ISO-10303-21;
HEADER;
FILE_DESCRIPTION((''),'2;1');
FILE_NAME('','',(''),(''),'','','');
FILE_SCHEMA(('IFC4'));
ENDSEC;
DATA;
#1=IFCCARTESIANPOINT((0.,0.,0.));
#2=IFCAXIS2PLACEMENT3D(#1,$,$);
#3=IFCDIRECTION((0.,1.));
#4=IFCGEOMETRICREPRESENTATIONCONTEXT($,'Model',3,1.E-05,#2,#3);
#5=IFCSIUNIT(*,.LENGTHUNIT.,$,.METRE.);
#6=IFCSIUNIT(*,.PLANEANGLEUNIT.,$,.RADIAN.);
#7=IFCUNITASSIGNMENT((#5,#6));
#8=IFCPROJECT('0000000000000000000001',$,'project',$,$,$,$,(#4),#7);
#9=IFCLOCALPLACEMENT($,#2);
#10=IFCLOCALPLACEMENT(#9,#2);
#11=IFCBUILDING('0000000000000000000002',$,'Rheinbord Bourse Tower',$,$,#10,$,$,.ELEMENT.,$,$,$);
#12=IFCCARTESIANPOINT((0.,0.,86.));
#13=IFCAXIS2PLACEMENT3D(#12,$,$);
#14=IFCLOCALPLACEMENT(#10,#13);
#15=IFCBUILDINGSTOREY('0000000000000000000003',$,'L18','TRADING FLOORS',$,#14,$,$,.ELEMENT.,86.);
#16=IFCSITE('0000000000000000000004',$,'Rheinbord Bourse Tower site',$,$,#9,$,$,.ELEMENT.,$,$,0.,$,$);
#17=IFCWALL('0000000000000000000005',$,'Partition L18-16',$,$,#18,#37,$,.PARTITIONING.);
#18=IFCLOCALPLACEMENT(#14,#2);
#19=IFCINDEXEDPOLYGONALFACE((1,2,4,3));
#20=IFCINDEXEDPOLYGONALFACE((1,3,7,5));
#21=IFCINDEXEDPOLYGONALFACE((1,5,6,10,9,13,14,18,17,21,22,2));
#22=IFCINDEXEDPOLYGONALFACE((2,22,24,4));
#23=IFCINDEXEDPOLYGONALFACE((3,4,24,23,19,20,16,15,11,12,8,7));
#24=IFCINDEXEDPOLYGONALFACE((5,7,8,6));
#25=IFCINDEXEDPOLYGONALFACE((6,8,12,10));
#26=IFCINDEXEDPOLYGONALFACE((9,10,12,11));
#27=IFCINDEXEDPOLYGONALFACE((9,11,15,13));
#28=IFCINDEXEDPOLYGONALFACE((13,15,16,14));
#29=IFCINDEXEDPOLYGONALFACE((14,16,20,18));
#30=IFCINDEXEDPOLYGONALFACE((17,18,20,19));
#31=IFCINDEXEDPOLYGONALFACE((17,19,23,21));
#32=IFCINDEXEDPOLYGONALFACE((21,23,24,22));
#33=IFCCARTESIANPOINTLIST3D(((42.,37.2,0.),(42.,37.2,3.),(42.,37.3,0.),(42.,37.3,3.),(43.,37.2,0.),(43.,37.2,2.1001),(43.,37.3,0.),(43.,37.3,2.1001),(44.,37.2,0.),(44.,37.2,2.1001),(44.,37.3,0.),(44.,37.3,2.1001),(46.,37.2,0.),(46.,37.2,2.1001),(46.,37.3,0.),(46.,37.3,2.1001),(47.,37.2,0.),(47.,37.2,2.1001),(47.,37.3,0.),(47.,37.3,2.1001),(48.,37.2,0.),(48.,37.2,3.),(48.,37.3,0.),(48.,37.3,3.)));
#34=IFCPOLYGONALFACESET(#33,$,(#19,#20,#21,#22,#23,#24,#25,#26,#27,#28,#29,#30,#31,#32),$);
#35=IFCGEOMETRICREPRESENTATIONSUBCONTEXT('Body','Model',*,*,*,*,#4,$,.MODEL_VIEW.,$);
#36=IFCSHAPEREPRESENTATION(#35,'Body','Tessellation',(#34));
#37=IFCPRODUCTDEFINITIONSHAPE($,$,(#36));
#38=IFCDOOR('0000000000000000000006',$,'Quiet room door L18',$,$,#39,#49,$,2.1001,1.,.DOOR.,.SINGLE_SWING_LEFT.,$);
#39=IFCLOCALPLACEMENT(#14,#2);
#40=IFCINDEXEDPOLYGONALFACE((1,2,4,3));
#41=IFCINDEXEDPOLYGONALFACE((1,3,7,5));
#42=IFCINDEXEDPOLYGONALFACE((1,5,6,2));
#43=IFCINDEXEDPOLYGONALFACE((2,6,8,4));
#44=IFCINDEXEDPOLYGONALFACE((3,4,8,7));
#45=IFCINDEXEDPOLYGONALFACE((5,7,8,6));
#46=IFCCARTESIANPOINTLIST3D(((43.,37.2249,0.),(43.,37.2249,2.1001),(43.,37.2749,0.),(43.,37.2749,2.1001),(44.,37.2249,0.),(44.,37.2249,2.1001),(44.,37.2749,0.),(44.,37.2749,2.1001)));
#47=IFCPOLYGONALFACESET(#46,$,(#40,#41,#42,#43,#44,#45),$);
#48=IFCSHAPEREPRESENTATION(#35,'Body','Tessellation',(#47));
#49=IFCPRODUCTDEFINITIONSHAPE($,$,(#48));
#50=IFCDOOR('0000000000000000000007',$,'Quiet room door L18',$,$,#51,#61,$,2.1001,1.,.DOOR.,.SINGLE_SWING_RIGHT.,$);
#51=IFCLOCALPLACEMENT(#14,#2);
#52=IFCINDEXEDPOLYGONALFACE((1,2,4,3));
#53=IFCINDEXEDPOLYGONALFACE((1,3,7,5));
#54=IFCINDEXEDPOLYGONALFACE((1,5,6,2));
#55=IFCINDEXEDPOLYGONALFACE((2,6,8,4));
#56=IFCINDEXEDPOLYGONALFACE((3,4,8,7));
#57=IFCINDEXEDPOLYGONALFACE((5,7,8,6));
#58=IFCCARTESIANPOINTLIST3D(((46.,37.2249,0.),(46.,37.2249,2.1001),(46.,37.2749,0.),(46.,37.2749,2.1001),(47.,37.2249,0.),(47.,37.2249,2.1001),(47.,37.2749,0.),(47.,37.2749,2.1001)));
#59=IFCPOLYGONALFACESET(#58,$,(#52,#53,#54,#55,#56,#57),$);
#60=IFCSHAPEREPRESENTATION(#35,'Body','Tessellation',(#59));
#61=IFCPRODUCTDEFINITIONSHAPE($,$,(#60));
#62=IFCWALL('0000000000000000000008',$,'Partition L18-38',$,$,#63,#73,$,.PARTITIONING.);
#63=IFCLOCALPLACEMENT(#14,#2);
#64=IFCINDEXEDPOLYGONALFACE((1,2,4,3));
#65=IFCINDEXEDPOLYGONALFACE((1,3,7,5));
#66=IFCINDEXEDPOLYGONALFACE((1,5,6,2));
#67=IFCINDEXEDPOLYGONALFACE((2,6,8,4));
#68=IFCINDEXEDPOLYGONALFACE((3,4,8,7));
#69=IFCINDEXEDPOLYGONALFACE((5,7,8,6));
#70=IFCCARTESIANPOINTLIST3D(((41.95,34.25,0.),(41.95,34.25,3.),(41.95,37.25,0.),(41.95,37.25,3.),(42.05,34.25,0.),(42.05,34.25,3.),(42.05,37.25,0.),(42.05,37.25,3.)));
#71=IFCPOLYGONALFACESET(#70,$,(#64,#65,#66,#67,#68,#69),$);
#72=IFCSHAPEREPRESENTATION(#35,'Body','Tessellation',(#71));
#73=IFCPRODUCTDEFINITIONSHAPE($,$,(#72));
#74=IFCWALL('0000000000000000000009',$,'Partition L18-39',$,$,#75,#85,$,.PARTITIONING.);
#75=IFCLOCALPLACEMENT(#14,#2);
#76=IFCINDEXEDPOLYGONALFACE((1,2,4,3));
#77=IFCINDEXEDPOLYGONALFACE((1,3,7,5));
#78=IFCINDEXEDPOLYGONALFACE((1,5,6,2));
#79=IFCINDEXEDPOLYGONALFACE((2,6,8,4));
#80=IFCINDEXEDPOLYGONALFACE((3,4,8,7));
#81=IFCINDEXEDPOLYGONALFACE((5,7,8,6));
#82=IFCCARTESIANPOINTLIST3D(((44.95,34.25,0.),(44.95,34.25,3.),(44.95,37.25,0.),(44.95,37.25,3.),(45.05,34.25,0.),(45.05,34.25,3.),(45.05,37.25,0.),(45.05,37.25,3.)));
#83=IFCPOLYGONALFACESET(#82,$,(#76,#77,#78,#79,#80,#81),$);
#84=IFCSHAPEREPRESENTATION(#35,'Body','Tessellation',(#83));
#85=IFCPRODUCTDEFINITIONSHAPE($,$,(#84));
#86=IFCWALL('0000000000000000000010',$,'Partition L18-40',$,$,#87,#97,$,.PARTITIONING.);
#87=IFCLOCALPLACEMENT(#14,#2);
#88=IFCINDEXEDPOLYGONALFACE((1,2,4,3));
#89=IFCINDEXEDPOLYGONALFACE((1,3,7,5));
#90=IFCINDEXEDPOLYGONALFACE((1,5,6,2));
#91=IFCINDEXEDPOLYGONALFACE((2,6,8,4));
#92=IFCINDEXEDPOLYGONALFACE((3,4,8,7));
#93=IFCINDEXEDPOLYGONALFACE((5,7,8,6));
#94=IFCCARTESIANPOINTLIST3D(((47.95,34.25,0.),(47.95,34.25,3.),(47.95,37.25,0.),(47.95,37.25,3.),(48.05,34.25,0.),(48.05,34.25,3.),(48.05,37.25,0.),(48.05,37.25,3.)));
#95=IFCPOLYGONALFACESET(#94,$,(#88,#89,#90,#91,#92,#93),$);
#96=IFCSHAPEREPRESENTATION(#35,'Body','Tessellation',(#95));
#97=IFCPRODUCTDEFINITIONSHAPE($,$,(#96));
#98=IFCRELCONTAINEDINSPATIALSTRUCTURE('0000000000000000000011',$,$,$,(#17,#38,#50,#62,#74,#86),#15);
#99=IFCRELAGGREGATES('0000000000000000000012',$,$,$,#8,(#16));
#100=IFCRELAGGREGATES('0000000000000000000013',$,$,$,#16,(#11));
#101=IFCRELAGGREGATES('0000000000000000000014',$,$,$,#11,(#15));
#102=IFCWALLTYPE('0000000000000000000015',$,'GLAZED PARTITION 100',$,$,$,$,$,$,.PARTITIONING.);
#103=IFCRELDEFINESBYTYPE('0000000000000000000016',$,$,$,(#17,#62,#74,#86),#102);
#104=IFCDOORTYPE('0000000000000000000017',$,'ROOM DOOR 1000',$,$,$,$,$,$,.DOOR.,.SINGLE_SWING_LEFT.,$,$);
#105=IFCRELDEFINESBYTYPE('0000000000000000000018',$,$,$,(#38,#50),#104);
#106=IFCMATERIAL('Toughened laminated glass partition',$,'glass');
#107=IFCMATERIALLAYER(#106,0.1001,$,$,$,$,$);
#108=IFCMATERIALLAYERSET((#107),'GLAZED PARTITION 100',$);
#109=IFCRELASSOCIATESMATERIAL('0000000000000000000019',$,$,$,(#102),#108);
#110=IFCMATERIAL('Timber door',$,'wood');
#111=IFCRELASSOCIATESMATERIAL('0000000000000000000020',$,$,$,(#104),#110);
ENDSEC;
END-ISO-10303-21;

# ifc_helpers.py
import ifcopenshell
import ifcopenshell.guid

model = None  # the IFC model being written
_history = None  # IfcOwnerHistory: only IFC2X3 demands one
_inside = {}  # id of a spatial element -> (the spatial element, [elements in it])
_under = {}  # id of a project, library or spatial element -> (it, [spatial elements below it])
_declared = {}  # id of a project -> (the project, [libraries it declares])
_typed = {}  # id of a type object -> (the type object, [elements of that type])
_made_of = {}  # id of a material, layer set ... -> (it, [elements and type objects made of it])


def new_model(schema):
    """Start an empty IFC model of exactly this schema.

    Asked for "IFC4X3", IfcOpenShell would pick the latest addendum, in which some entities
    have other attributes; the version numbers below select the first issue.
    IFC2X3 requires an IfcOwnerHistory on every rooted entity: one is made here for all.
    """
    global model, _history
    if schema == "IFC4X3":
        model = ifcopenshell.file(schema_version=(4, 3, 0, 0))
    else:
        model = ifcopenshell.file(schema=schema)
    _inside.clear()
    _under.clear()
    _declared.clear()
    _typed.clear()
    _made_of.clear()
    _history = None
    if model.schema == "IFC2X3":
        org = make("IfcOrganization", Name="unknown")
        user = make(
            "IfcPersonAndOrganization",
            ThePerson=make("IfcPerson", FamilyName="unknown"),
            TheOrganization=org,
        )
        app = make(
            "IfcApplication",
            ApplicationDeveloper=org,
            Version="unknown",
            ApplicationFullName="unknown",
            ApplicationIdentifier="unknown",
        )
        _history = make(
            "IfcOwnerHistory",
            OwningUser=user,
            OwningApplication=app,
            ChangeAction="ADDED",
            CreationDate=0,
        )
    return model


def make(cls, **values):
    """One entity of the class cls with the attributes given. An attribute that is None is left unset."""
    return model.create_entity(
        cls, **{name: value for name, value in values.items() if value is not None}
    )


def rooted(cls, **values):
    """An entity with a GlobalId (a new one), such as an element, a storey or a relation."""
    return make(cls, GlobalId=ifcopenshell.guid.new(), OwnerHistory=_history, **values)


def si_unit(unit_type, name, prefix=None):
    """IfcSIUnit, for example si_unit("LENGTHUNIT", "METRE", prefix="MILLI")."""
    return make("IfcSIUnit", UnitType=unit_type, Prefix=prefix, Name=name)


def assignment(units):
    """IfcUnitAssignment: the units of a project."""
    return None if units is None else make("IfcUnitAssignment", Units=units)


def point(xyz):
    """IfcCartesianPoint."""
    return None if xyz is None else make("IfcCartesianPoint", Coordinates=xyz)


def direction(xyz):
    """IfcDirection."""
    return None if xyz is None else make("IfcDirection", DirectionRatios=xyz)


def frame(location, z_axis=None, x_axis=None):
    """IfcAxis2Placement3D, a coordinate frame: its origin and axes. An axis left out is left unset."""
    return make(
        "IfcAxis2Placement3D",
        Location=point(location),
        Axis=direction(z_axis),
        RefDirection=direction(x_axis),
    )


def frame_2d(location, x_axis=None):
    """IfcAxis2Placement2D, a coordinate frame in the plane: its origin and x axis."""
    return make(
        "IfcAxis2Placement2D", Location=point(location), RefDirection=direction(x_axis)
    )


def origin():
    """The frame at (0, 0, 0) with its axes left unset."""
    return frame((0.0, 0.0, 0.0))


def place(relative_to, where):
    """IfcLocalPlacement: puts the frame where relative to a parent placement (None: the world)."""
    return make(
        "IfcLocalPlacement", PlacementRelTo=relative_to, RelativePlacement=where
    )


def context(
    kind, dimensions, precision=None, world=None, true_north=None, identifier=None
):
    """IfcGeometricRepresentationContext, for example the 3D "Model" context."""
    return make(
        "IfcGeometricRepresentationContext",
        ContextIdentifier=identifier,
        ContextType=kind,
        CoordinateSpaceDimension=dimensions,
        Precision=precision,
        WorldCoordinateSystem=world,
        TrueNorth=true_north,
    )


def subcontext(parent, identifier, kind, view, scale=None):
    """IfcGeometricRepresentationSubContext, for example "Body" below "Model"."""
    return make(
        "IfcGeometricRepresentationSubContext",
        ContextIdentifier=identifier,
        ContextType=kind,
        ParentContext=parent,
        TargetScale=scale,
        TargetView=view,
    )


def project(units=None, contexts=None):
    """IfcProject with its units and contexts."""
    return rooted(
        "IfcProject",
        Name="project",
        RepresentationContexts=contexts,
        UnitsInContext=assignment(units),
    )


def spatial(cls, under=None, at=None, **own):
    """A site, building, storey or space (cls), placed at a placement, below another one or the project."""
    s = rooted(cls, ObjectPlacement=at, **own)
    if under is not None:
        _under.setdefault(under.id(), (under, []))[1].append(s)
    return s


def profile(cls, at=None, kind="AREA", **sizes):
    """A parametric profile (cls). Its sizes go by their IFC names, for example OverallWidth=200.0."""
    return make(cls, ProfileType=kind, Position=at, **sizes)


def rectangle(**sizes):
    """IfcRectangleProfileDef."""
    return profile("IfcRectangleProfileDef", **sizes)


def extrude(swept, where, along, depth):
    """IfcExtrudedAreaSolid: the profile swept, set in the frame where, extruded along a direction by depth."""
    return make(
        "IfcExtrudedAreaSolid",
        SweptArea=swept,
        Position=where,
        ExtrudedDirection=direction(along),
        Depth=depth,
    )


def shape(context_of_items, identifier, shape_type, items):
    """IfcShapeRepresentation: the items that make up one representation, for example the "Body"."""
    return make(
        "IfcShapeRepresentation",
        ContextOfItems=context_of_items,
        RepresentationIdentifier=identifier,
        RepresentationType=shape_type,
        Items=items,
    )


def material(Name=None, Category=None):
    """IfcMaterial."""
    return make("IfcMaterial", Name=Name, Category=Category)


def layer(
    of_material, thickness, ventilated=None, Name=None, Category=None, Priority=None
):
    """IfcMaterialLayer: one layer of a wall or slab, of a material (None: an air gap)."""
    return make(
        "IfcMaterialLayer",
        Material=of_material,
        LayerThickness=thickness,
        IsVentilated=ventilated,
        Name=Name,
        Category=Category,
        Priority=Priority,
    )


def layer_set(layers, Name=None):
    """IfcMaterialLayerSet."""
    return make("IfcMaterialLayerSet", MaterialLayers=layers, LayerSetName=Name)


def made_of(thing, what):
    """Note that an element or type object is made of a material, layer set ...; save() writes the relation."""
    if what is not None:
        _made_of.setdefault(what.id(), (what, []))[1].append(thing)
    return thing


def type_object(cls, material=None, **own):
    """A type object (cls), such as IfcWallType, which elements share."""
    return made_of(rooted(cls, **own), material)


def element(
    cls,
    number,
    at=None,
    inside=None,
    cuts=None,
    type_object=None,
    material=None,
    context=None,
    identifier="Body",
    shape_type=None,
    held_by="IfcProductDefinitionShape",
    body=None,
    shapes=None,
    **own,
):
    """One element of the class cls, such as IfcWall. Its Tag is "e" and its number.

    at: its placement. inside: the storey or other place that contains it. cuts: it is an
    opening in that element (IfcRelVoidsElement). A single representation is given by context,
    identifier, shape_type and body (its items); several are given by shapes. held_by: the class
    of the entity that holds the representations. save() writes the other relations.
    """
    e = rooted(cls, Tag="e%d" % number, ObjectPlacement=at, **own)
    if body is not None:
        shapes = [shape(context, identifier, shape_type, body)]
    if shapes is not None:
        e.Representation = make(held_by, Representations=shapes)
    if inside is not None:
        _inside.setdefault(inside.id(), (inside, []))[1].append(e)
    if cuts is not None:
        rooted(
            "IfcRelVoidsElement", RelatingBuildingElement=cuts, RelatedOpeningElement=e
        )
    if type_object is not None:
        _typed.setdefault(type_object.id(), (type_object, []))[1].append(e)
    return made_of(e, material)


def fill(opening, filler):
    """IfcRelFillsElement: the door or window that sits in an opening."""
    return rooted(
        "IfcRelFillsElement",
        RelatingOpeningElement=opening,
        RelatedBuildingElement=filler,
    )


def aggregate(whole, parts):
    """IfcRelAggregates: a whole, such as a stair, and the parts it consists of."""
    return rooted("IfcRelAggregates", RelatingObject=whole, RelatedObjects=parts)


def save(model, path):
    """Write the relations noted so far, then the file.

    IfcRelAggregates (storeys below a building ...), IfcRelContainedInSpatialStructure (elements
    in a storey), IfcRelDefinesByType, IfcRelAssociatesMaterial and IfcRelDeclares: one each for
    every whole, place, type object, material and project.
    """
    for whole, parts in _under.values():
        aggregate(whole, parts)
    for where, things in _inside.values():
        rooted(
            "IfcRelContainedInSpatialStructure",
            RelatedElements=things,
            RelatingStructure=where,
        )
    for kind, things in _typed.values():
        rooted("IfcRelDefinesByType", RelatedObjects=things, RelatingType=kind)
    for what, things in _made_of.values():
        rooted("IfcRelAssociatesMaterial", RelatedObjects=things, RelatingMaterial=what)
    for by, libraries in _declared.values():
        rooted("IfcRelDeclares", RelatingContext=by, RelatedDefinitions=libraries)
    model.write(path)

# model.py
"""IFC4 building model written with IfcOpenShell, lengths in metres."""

from ifc_helpers import new_model, si_unit, direction, frame, frame_2d, origin, place, context, subcontext, project, spatial, rectangle, extrude, material, layer, layer_set, type_object, element, fill, save


model = new_model("IFC4")

# Units and contexts
model_context = context("Model", 3, precision=1e-05, world=origin(), true_north=direction((0.0, 1.0)))
body_context = subcontext(model_context, "Body", "Model", "MODEL_VIEW")
ifc_project = project(units=[si_unit("LENGTHUNIT", "METRE"), si_unit("PLANEANGLEUNIT", "RADIAN")], contexts=[model_context])

# Site, building, storey
site_placement = place(None, origin())
site = spatial("IfcSite", under=ifc_project, at=site_placement, Name="Rheinbord Bourse Tower site", CompositionType="ELEMENT", RefElevation=0.0)
building_placement = place(site_placement, origin())
building = spatial("IfcBuilding", under=site, at=building_placement, Name="Rheinbord Bourse Tower", CompositionType="ELEMENT")
storey_placement = place(building_placement, frame((0.0, 0.0, 86.0)))
storey = spatial("IfcBuildingStorey", under=building, at=storey_placement, Name="L18", Description="TRADING FLOORS", CompositionType="ELEMENT", Elevation=86.0)

# Shared definitions
ifc_material_1 = material(Name="Toughened laminated glass partition", Category="glass")
ifc_layer_1 = layer(ifc_material_1, 0.1001)
ifc_layer_set_1 = layer_set([ifc_layer_1], Name="GLAZED PARTITION 100")
wall_type = type_object("IfcWallType", Name="GLAZED PARTITION 100", PredefinedType="PARTITIONING", material=ifc_layer_set_1)

# Wall, openings, doors
wall_1_placement = place(storey_placement, frame((42.0, 37.25, 0.0), z_axis=(0.0, 0.0, 1.0), x_axis=(1.0, 0.0, 0.0)))
wall_1 = element("IfcWall", 1, at=wall_1_placement, inside=storey, type_object=wall_type, Name="Partition L18-16", PredefinedType="PARTITIONING", context=body_context, shape_type="SweptSolid", body=[
    extrude(rectangle(XDim=6.0, YDim=0.1001, at=frame_2d((3.0, 0.0))), origin(), (0.0, 0.0, 1.0), 3.0),
])
opening_1_placement = place(wall_1_placement, frame((1.0, 0.0, 0.0)))
opening_1 = element("IfcOpeningElement", 2, at=opening_1_placement, cuts=wall_1, PredefinedType="OPENING", context=body_context, shape_type="SweptSolid", body=[
    extrude(rectangle(XDim=1.0, YDim=2.1001, at=frame_2d((0.5, 1.05))), frame((0.0, 0.0601, 0.0), z_axis=(0.0, -1.0, 0.0), x_axis=(1.0, 0.0, 0.0)), (0.0, 0.0, 1.0), 0.1201),
])
opening_2_placement = place(wall_1_placement, frame((4.0, 0.0, 0.0)))
opening_2 = element("IfcOpeningElement", 3, at=opening_2_placement, cuts=wall_1, PredefinedType="OPENING", context=body_context, shape_type="SweptSolid", body=[
    extrude(rectangle(XDim=1.0, YDim=2.1001, at=frame_2d((0.5, 1.05))), frame((0.0, 0.0601, 0.0), z_axis=(0.0, -1.0, 0.0), x_axis=(1.0, 0.0, 0.0)), (0.0, 0.0, 1.0), 0.1201),
])
ifc_material_2 = material(Name="Timber door", Category="wood")
door_type = type_object("IfcDoorType", Name="ROOM DOOR 1000", OperationType="SINGLE_SWING_LEFT", PredefinedType="DOOR", material=ifc_material_2)
door_1_placement = place(opening_1_placement, origin())
door_1 = element("IfcDoor", 4, at=door_1_placement, inside=storey, type_object=door_type, Name="Quiet room door L18", OperationType="SINGLE_SWING_LEFT", OverallHeight=2.1001, OverallWidth=1.0, PredefinedType="DOOR", context=body_context, shape_type="SweptSolid", body=[
    extrude(rectangle(XDim=1.0, YDim=2.1001, at=frame_2d((0.5, 1.05))), frame((0.0, 0.0249, 0.0), z_axis=(0.0, -1.0, 0.0), x_axis=(1.0, 0.0, 0.0)), (0.0, 0.0, 1.0), 0.05),
])
fill(opening_1, door_1)
door_2_placement = place(opening_2_placement, origin())
door_2 = element("IfcDoor", 5, at=door_2_placement, inside=storey, type_object=door_type, Name="Quiet room door L18", OperationType="SINGLE_SWING_RIGHT", OverallHeight=2.1001, OverallWidth=1.0, PredefinedType="DOOR", context=body_context, shape_type="SweptSolid", body=[
    extrude(rectangle(XDim=1.0, YDim=2.1001, at=frame_2d((0.5, 1.05))), frame((0.0, 0.0249, 0.0), z_axis=(0.0, -1.0, 0.0), x_axis=(1.0, 0.0, 0.0)), (0.0, 0.0, 1.0), 0.05),
])
fill(opening_2, door_2)

# Walls
for number, where, z_axis, x_axis, name in (
    (6, (42.0, 34.25, 0.0), (0.0, 0.0, 1.0), (0.0, 1.0, 0.0), "Partition L18-38"),
    (7, (45.0, 34.25, 0.0), (0.0, 0.0, 1.0), (0.0, 1.0, 0.0), "Partition L18-39"),
    (8, (48.0, 34.25, 0.0), (0.0, 0.0, 1.0), (0.0, 1.0, 0.0), "Partition L18-40"),
):
    element("IfcWall", number, at=place(storey_placement, frame(where, z_axis=z_axis, x_axis=x_axis)), inside=storey, type_object=wall_type, Name=name, PredefinedType="PARTITIONING", context=body_context, shape_type="SweptSolid", body=[
        extrude(rectangle(XDim=3.0, YDim=0.1001, at=frame_2d((1.5, 0.0))), origin(), (0.0, 0.0, 1.0), 3.0),
    ])

save(model, "model.ifc")
